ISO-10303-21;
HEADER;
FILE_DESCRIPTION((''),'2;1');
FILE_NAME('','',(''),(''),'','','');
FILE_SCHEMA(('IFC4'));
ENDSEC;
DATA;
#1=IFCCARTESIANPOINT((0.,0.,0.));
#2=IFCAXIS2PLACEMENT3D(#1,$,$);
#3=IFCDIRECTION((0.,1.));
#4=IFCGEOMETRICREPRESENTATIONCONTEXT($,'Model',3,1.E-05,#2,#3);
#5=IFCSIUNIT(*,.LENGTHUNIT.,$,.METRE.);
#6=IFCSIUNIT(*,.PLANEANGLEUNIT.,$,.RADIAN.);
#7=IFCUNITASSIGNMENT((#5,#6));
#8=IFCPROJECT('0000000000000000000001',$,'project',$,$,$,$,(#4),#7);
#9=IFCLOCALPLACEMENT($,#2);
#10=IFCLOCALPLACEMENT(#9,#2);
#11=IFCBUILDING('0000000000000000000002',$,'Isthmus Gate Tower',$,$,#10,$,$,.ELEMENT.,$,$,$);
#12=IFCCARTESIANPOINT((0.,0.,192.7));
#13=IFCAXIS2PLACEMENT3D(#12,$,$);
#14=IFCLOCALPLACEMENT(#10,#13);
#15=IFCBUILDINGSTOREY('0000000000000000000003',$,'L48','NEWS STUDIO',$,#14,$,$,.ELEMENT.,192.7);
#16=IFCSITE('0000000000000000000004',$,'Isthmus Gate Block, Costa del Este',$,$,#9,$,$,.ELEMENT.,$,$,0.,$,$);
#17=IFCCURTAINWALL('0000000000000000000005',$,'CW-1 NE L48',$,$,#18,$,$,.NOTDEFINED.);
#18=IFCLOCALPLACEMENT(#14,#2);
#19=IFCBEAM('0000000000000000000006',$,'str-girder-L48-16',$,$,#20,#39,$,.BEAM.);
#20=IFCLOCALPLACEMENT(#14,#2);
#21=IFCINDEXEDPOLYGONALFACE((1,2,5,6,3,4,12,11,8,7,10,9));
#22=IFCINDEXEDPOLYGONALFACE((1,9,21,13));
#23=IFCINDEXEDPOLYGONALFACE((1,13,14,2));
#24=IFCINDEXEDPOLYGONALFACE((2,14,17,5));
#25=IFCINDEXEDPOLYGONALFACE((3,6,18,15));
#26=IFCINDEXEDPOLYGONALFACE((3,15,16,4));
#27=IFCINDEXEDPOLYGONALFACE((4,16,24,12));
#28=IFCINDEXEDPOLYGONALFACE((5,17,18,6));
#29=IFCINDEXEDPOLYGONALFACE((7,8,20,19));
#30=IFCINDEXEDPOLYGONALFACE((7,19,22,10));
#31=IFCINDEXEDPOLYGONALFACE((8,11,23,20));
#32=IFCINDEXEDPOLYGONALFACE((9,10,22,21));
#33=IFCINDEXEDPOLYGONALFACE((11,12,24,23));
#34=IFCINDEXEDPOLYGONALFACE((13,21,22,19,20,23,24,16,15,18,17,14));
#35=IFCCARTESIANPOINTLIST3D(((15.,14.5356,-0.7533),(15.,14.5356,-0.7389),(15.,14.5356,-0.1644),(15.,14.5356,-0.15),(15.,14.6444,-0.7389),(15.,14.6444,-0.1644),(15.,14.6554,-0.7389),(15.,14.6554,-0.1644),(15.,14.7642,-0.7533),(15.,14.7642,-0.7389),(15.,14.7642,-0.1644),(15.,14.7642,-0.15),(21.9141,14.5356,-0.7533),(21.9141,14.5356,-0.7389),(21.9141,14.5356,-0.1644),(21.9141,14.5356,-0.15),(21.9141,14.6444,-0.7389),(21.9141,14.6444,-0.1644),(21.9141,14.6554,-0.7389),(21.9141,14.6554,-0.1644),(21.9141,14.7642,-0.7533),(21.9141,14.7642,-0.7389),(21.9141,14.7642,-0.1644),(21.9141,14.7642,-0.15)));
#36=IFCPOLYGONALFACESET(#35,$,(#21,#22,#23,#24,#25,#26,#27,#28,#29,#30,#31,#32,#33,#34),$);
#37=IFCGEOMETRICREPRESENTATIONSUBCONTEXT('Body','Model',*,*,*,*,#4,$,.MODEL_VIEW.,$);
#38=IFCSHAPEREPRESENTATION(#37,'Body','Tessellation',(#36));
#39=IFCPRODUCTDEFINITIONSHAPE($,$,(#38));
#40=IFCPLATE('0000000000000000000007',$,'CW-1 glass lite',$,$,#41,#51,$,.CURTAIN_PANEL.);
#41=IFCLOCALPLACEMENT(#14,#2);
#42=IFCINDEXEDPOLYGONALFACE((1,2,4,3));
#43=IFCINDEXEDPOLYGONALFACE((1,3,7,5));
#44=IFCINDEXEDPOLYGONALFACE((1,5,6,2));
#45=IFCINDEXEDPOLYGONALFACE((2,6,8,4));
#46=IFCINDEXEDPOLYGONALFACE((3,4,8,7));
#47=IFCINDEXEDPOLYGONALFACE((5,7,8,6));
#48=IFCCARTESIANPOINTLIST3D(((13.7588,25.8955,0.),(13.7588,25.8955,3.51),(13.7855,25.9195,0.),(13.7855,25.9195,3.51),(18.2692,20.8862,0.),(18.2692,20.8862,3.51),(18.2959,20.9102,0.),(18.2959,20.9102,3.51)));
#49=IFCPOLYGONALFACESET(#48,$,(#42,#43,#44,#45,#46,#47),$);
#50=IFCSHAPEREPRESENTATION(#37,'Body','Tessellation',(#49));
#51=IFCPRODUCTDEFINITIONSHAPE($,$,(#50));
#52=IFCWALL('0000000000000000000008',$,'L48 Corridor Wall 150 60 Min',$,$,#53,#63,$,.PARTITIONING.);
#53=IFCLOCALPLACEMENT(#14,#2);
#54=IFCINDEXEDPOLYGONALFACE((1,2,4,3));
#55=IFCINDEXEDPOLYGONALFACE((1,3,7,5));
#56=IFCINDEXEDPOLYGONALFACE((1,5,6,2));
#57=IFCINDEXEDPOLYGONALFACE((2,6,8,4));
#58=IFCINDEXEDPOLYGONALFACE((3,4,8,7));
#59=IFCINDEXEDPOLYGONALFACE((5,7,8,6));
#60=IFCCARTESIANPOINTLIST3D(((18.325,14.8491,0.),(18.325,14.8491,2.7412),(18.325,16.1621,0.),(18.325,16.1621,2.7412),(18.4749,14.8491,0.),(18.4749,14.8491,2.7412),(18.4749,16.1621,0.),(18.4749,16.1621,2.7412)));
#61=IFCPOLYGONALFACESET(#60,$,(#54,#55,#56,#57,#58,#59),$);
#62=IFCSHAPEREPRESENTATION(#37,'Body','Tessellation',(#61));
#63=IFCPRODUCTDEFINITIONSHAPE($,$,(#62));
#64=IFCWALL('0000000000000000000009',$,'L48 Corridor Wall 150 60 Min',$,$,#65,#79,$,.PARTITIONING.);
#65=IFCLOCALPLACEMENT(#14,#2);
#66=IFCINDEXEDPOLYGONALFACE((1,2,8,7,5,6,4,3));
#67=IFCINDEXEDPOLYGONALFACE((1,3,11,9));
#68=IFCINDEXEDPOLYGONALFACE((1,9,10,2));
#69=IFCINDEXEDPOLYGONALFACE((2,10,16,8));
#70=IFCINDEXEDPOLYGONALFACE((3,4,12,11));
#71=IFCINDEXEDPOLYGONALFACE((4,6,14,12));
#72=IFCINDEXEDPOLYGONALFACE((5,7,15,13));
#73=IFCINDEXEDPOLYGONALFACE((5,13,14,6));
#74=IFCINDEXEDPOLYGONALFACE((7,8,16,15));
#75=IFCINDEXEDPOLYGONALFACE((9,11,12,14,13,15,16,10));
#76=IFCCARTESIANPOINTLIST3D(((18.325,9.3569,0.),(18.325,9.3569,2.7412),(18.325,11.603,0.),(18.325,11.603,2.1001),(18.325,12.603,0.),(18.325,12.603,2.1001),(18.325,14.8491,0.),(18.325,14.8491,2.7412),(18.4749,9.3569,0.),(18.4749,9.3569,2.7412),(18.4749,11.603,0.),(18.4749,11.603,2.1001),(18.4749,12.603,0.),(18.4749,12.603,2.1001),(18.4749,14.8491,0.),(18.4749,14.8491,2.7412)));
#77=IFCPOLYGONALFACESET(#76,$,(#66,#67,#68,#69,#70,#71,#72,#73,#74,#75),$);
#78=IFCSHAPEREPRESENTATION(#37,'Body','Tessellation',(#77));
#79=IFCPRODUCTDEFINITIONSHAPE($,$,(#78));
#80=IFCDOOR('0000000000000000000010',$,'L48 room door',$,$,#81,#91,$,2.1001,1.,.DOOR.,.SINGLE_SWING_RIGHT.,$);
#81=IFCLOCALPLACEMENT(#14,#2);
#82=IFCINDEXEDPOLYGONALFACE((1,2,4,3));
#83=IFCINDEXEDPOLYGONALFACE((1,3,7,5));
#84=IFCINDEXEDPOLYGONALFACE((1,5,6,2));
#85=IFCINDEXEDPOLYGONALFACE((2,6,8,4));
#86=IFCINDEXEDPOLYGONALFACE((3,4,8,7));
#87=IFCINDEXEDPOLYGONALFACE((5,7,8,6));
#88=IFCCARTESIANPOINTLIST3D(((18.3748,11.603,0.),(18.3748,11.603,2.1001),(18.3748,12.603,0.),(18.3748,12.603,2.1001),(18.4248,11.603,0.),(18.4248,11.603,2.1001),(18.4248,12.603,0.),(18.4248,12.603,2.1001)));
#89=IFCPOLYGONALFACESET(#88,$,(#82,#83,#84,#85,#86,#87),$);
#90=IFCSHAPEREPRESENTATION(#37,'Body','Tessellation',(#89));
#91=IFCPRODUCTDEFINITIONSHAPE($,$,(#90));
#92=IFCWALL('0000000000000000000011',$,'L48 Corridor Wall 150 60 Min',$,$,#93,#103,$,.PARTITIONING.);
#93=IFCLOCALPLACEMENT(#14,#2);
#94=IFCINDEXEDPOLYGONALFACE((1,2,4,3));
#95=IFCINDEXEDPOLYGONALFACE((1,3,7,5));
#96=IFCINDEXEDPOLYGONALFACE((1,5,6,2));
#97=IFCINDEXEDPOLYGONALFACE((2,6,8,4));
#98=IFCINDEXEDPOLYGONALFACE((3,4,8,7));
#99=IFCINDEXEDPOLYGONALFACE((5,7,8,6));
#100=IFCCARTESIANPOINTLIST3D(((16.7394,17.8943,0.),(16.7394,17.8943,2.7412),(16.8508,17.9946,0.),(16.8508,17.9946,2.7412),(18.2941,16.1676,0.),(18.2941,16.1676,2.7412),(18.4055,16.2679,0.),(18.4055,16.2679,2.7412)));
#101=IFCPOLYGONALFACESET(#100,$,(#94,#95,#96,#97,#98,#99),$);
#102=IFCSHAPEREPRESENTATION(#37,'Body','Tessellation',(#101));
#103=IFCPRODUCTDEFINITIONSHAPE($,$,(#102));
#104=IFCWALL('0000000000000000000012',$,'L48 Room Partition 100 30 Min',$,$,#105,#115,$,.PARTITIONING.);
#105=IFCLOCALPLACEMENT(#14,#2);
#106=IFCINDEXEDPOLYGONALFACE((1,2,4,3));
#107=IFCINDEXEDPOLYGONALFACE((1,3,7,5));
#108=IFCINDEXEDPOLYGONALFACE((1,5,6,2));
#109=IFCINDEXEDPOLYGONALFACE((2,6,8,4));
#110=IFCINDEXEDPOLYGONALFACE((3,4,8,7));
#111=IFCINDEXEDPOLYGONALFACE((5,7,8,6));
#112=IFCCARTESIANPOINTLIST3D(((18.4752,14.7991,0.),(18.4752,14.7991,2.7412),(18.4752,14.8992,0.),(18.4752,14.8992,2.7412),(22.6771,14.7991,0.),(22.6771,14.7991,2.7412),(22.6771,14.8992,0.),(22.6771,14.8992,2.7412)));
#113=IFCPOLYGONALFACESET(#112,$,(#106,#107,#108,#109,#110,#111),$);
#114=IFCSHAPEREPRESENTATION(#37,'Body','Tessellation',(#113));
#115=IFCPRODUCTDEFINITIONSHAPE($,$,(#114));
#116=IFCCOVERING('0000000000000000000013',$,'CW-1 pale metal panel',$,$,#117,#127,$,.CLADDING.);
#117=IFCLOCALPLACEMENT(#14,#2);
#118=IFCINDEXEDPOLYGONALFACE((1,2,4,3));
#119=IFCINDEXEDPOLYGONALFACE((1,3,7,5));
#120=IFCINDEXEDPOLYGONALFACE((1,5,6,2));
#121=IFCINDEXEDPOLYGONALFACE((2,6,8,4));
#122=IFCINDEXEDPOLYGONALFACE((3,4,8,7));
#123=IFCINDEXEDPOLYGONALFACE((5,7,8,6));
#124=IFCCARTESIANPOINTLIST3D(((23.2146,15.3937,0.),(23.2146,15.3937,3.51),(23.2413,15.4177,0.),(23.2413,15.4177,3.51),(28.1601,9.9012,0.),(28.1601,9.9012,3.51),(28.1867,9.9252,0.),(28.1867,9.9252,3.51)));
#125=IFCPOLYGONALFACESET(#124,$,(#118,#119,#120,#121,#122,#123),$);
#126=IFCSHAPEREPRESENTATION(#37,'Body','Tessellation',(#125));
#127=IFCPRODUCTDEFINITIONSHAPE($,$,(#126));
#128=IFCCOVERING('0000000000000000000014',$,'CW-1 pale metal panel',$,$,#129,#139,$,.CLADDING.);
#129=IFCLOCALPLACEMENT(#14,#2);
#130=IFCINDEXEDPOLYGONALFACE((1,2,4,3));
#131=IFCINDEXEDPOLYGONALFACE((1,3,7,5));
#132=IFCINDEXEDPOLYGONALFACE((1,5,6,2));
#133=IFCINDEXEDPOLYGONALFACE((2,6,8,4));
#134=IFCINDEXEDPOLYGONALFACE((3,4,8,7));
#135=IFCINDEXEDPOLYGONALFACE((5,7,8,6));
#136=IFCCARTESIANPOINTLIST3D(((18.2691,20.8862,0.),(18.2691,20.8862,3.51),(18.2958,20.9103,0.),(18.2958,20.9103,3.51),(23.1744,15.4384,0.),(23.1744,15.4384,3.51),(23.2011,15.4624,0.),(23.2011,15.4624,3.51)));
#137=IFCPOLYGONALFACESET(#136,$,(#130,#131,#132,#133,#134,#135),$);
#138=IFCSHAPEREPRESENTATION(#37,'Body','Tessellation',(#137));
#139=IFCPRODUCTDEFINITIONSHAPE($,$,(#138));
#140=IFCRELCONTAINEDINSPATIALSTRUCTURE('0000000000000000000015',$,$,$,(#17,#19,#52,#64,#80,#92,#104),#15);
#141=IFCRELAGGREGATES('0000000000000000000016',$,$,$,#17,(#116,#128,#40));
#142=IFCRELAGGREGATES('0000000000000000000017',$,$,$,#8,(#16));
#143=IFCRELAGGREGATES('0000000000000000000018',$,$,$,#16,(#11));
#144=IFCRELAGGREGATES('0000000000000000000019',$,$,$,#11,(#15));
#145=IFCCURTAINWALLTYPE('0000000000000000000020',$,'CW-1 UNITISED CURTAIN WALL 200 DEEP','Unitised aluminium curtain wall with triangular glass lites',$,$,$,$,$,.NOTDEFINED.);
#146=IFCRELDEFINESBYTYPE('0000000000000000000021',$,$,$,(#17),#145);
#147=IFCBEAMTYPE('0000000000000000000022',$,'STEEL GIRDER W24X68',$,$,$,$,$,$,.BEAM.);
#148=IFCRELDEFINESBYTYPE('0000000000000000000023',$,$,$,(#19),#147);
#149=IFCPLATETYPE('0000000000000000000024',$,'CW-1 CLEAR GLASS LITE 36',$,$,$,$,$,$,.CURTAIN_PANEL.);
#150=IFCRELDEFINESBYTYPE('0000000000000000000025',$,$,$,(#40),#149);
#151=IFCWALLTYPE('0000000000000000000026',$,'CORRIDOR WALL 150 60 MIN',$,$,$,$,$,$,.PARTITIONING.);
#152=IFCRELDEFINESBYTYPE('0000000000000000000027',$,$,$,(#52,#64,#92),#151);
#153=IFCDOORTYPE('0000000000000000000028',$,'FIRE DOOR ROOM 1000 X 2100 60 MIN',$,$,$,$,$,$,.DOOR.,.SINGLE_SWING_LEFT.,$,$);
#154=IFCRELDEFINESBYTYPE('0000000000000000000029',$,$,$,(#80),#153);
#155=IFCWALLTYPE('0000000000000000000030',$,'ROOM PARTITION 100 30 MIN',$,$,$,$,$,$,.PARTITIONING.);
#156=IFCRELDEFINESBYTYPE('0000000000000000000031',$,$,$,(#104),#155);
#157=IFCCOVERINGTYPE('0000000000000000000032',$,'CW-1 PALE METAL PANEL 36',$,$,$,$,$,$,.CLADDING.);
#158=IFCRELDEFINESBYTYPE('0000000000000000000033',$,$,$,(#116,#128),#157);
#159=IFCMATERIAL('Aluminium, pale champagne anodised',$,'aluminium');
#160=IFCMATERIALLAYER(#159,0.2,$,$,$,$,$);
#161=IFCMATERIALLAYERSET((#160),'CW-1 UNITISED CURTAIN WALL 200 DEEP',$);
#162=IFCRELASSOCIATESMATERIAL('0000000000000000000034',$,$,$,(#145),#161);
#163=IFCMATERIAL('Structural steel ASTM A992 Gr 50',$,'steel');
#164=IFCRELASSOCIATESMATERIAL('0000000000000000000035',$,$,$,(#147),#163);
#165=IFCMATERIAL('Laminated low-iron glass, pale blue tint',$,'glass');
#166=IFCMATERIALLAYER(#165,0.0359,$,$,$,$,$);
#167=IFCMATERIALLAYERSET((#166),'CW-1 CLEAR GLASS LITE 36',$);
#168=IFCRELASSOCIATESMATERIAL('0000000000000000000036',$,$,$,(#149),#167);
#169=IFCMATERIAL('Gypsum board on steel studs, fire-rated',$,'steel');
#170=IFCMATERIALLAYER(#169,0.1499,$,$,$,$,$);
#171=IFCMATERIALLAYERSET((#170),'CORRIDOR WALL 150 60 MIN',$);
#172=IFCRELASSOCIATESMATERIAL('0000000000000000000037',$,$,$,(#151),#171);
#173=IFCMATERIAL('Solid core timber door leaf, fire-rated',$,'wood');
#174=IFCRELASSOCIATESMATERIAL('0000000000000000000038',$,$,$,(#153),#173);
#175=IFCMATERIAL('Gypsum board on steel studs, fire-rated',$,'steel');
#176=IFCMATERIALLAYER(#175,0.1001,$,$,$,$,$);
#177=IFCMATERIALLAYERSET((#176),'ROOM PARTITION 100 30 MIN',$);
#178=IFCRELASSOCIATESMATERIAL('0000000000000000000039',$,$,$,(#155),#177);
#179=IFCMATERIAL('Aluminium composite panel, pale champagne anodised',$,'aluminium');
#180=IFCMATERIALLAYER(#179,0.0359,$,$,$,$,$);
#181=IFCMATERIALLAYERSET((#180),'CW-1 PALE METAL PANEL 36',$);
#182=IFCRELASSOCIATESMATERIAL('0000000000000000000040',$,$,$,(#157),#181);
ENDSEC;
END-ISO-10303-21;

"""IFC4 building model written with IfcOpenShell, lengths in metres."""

from ifc_helpers import new_model, si_unit, direction, frame, frame_2d, origin, origin_2d, place, context, subcontext, project, spatial, rectangle, i_section, extrude, material, layer, layer_set, material_profile, profile_set, type_object, element, fill, aggregate, save


model = new_model("IFC4")

# Units and contexts
model_context = context("Model", 3, precision=1e-05, world=origin(), true_north=direction((0.0, 1.0)))
body_context = subcontext(model_context, "Body", "Model", "MODEL_VIEW")
ifc_project = project(units=[si_unit("LENGTHUNIT", "METRE"), si_unit("PLANEANGLEUNIT", "RADIAN")], contexts=[model_context])

# Site, building, storey
site_placement = place(None, origin())
site = spatial("IfcSite", under=ifc_project, at=site_placement, Name="Isthmus Gate Block, Costa del Este", CompositionType="ELEMENT", RefElevation=0.0)
building_placement = place(site_placement, origin())
building = spatial("IfcBuilding", under=site, at=building_placement, Name="Isthmus Gate Tower", CompositionType="ELEMENT")
storey_placement = place(building_placement, frame((0.0, 0.0, 192.7)))
storey = spatial("IfcBuildingStorey", under=building, at=storey_placement, Name="L48", Description="NEWS STUDIO", CompositionType="ELEMENT", Elevation=192.7)

# Curtain wall
ifc_material_1 = material(Name="Aluminium, pale champagne anodised", Category="aluminium")
ifc_layer_1 = layer(ifc_material_1, 0.2)
ifc_layer_set_1 = layer_set([ifc_layer_1], Name="CW-1 UNITISED CURTAIN WALL 200 DEEP")
curtain_wall_type = type_object("IfcCurtainWallType", Name="CW-1 UNITISED CURTAIN WALL 200 DEEP", Description="Unitised aluminium curtain wall with triangular glass lites", PredefinedType="NOTDEFINED", material=ifc_layer_set_1)
curtain_wall_1_placement = place(storey_placement, origin())
curtain_wall_1 = element("IfcCurtainWall", 1, at=curtain_wall_1_placement, inside=storey, type_object=curtain_wall_type, Name="CW-1 NE L48", PredefinedType="NOTDEFINED")

# Beam
ifc_material_2 = material(Name="Structural steel ASTM A992 Gr 50", Category="steel")
ifc_material_profile_1 = material_profile(ifc_material_2, i_section(OverallWidth=0.2285, OverallDepth=0.6033, WebThickness=0.011, FlangeThickness=0.0144, at=origin_2d()), Name="W24X68")
ifc_profile_set_1 = profile_set([ifc_material_profile_1], Name="Structural steel ASTM A992 Gr 50")
beam_type_1 = type_object("IfcBeamType", Name="STEEL GIRDER W24X68", PredefinedType="BEAM", material=ifc_profile_set_1)
beam_1_placement = place(storey_placement, frame((15.0, 14.6499, -0.4517), z_axis=(1.0, 0.0, 0.0), x_axis=(0.0, 1.0, 0.0)))
element("IfcBeam", 2, at=beam_1_placement, inside=storey, type_object=beam_type_1, Name="str-girder-L48-16", PredefinedType="BEAM", context=body_context, shape_type="SweptSolid", body=[
    extrude(i_section(OverallWidth=0.2285, OverallDepth=0.6033, WebThickness=0.011, FlangeThickness=0.0144, at=origin_2d()), origin(), (0.0, 0.0, 1.0), 6.9141),
])

# Plate
ifc_material_3 = material(Name="Laminated low-iron glass, pale blue tint", Category="glass")
ifc_layer_2 = layer(ifc_material_3, 0.0359)
ifc_layer_set_2 = layer_set([ifc_layer_2], Name="CW-1 CLEAR GLASS LITE 36")
plate_type = type_object("IfcPlateType", Name="CW-1 CLEAR GLASS LITE 36", PredefinedType="CURTAIN_PANEL", material=ifc_layer_set_2)
plate_placement = place(storey_placement, frame((16.0273, 23.4028, 0.0), z_axis=(0.0, 0.0, 1.0), x_axis=(-0.669131, 0.743145, 0.0)))
plate = element("IfcPlate", 3, at=plate_placement, type_object=plate_type, Name="CW-1 glass lite", PredefinedType="CURTAIN_PANEL", context=body_context, shape_type="SweptSolid", body=[
    extrude(rectangle(XDim=6.7407, YDim=0.0359, at=origin_2d()), origin(), (0.0, 0.0, 1.0), 3.51),
])

# Wall
ifc_material_4 = material(Name="Gypsum board on steel studs, fire-rated", Category="steel")
ifc_layer_3 = layer(ifc_material_4, 0.1499)
ifc_layer_set_3 = layer_set([ifc_layer_3], Name="CORRIDOR WALL 150 60 MIN")
wall_type_1 = type_object("IfcWallType", Name="CORRIDOR WALL 150 60 MIN", PredefinedType="PARTITIONING", material=ifc_layer_set_3)
wall_1_placement = place(storey_placement, frame((18.3999, 16.1621, 0.0), z_axis=(0.0, 0.0, 1.0), x_axis=(0.0, -1.0, 0.0)))
element("IfcWall", 4, at=wall_1_placement, inside=storey, type_object=wall_type_1, Name="L48 Corridor Wall 150 60 Min", PredefinedType="PARTITIONING", context=body_context, shape_type="SweptSolid", body=[
    extrude(rectangle(XDim=1.313, YDim=0.1499, at=frame_2d((0.6565, 0.0))), origin(), (0.0, 0.0, 1.0), 2.7412),
])

# Wall, opening, door
wall_2_placement = place(storey_placement, frame((18.3999, 14.8491, 0.0), z_axis=(0.0, 0.0, 1.0), x_axis=(0.0, -1.0, 0.0)))
wall_2 = element("IfcWall", 5, at=wall_2_placement, inside=storey, type_object=wall_type_1, Name="L48 Corridor Wall 150 60 Min", PredefinedType="PARTITIONING", context=body_context, shape_type="SweptSolid", body=[
    extrude(rectangle(XDim=5.4922, YDim=0.1499, at=frame_2d((2.7461, 0.0))), origin(), (0.0, 0.0, 1.0), 2.7412),
])
opening_placement = place(wall_2_placement, frame((2.2461, 0.0, 0.0)))
opening = element("IfcOpeningElement", 6, at=opening_placement, cuts=wall_2, PredefinedType="OPENING", context=body_context, shape_type="SweptSolid", body=[
    extrude(rectangle(XDim=1.0, YDim=2.1001, at=frame_2d((0.5, 1.05))), frame((0.0, 0.085, 0.0), z_axis=(0.0, -1.0, 0.0), x_axis=(1.0, 0.0, 0.0)), (0.0, 0.0, 1.0), 0.1699),
])
ifc_material_5 = material(Name="Solid core timber door leaf, fire-rated", Category="wood")
door_type = type_object("IfcDoorType", Name="FIRE DOOR ROOM 1000 X 2100 60 MIN", OperationType="SINGLE_SWING_LEFT", PredefinedType="DOOR", material=ifc_material_5)
door_placement = place(opening_placement, origin())
door = element("IfcDoor", 7, at=door_placement, inside=storey, type_object=door_type, Name="L48 room door", OperationType="SINGLE_SWING_RIGHT", OverallHeight=2.1001, OverallWidth=1.0, PredefinedType="DOOR", context=body_context, shape_type="SweptSolid", body=[
    extrude(rectangle(XDim=1.0, YDim=2.1001, at=frame_2d((0.5, 1.05))), frame((0.0, 0.0249, 0.0), z_axis=(0.0, -1.0, 0.0), x_axis=(1.0, 0.0, 0.0)), (0.0, 0.0, 1.0), 0.05),
])
fill(opening, door)

# Walls
wall_3_placement = place(storey_placement, frame((16.7952, 17.9443, 0.0), z_axis=(0.0, 0.0, 1.0), x_axis=(0.66915, -0.743127, 0.0)))
element("IfcWall", 8, at=wall_3_placement, inside=storey, type_object=wall_type_1, Name="L48 Corridor Wall 150 60 Min", PredefinedType="PARTITIONING", context=body_context, shape_type="SweptSolid", body=[
    extrude(rectangle(XDim=2.3235, YDim=0.1499, at=frame_2d((1.1616, 0.0))), origin(), (0.0, 0.0, 1.0), 2.7412),
])
ifc_material_6 = material(Name="Gypsum board on steel studs, fire-rated", Category="steel")
ifc_layer_4 = layer(ifc_material_6, 0.1001)
ifc_layer_set_4 = layer_set([ifc_layer_4], Name="ROOM PARTITION 100 30 MIN")
wall_type_2 = type_object("IfcWallType", Name="ROOM PARTITION 100 30 MIN", PredefinedType="PARTITIONING", material=ifc_layer_set_4)
wall_4_placement = place(storey_placement, frame((18.4751, 14.8491, 0.0), z_axis=(0.0, 0.0, 1.0), x_axis=(1.0, 0.0, 0.0)))
element("IfcWall", 9, at=wall_4_placement, inside=storey, type_object=wall_type_2, Name="L48 Room Partition 100 30 Min", PredefinedType="PARTITIONING", context=body_context, shape_type="SweptSolid", body=[
    extrude(rectangle(XDim=4.2019, YDim=0.1001, at=frame_2d((2.1011, 0.0))), origin(), (0.0, 0.0, 1.0), 2.7412),
])

# Coverings
ifc_material_7 = material(Name="Aluminium composite panel, pale champagne anodised", Category="aluminium")
ifc_layer_5 = layer(ifc_material_7, 0.0359)
ifc_layer_set_5 = layer_set([ifc_layer_5], Name="CW-1 PALE METAL PANEL 36")
covering_type = type_object("IfcCoveringType", Name="CW-1 PALE METAL PANEL 36", PredefinedType="CLADDING", material=ifc_layer_set_5)
covering_1_placement = place(storey_placement, frame((25.7007, 12.6594, 0.0), z_axis=(0.0, 0.0, 1.0), x_axis=(-0.669131, 0.743145, 0.0)))
covering_1 = element("IfcCovering", 10, at=covering_1_placement, type_object=covering_type, Name="CW-1 pale metal panel", PredefinedType="CLADDING", context=body_context, shape_type="SweptSolid", body=[
    extrude(rectangle(XDim=7.3909, YDim=0.0359, at=origin_2d()), origin(), (0.0, 0.0, 1.0), 3.51),
])
covering_2_placement = place(storey_placement, frame((20.7351, 18.1743, 0.0), z_axis=(0.0, 0.0, 1.0), x_axis=(-0.669131, 0.743145, 0.0)))
covering_2 = element("IfcCovering", 11, at=covering_2_placement, type_object=covering_type, Name="CW-1 pale metal panel", PredefinedType="CLADDING", context=body_context, shape_type="SweptSolid", body=[
    extrude(rectangle(XDim=7.3308, YDim=0.0359, at=origin_2d()), origin(), (0.0, 0.0, 1.0), 3.51),
])
aggregate(curtain_wall_1, [covering_1, covering_2, plate])

save(model, "model.ifc")
